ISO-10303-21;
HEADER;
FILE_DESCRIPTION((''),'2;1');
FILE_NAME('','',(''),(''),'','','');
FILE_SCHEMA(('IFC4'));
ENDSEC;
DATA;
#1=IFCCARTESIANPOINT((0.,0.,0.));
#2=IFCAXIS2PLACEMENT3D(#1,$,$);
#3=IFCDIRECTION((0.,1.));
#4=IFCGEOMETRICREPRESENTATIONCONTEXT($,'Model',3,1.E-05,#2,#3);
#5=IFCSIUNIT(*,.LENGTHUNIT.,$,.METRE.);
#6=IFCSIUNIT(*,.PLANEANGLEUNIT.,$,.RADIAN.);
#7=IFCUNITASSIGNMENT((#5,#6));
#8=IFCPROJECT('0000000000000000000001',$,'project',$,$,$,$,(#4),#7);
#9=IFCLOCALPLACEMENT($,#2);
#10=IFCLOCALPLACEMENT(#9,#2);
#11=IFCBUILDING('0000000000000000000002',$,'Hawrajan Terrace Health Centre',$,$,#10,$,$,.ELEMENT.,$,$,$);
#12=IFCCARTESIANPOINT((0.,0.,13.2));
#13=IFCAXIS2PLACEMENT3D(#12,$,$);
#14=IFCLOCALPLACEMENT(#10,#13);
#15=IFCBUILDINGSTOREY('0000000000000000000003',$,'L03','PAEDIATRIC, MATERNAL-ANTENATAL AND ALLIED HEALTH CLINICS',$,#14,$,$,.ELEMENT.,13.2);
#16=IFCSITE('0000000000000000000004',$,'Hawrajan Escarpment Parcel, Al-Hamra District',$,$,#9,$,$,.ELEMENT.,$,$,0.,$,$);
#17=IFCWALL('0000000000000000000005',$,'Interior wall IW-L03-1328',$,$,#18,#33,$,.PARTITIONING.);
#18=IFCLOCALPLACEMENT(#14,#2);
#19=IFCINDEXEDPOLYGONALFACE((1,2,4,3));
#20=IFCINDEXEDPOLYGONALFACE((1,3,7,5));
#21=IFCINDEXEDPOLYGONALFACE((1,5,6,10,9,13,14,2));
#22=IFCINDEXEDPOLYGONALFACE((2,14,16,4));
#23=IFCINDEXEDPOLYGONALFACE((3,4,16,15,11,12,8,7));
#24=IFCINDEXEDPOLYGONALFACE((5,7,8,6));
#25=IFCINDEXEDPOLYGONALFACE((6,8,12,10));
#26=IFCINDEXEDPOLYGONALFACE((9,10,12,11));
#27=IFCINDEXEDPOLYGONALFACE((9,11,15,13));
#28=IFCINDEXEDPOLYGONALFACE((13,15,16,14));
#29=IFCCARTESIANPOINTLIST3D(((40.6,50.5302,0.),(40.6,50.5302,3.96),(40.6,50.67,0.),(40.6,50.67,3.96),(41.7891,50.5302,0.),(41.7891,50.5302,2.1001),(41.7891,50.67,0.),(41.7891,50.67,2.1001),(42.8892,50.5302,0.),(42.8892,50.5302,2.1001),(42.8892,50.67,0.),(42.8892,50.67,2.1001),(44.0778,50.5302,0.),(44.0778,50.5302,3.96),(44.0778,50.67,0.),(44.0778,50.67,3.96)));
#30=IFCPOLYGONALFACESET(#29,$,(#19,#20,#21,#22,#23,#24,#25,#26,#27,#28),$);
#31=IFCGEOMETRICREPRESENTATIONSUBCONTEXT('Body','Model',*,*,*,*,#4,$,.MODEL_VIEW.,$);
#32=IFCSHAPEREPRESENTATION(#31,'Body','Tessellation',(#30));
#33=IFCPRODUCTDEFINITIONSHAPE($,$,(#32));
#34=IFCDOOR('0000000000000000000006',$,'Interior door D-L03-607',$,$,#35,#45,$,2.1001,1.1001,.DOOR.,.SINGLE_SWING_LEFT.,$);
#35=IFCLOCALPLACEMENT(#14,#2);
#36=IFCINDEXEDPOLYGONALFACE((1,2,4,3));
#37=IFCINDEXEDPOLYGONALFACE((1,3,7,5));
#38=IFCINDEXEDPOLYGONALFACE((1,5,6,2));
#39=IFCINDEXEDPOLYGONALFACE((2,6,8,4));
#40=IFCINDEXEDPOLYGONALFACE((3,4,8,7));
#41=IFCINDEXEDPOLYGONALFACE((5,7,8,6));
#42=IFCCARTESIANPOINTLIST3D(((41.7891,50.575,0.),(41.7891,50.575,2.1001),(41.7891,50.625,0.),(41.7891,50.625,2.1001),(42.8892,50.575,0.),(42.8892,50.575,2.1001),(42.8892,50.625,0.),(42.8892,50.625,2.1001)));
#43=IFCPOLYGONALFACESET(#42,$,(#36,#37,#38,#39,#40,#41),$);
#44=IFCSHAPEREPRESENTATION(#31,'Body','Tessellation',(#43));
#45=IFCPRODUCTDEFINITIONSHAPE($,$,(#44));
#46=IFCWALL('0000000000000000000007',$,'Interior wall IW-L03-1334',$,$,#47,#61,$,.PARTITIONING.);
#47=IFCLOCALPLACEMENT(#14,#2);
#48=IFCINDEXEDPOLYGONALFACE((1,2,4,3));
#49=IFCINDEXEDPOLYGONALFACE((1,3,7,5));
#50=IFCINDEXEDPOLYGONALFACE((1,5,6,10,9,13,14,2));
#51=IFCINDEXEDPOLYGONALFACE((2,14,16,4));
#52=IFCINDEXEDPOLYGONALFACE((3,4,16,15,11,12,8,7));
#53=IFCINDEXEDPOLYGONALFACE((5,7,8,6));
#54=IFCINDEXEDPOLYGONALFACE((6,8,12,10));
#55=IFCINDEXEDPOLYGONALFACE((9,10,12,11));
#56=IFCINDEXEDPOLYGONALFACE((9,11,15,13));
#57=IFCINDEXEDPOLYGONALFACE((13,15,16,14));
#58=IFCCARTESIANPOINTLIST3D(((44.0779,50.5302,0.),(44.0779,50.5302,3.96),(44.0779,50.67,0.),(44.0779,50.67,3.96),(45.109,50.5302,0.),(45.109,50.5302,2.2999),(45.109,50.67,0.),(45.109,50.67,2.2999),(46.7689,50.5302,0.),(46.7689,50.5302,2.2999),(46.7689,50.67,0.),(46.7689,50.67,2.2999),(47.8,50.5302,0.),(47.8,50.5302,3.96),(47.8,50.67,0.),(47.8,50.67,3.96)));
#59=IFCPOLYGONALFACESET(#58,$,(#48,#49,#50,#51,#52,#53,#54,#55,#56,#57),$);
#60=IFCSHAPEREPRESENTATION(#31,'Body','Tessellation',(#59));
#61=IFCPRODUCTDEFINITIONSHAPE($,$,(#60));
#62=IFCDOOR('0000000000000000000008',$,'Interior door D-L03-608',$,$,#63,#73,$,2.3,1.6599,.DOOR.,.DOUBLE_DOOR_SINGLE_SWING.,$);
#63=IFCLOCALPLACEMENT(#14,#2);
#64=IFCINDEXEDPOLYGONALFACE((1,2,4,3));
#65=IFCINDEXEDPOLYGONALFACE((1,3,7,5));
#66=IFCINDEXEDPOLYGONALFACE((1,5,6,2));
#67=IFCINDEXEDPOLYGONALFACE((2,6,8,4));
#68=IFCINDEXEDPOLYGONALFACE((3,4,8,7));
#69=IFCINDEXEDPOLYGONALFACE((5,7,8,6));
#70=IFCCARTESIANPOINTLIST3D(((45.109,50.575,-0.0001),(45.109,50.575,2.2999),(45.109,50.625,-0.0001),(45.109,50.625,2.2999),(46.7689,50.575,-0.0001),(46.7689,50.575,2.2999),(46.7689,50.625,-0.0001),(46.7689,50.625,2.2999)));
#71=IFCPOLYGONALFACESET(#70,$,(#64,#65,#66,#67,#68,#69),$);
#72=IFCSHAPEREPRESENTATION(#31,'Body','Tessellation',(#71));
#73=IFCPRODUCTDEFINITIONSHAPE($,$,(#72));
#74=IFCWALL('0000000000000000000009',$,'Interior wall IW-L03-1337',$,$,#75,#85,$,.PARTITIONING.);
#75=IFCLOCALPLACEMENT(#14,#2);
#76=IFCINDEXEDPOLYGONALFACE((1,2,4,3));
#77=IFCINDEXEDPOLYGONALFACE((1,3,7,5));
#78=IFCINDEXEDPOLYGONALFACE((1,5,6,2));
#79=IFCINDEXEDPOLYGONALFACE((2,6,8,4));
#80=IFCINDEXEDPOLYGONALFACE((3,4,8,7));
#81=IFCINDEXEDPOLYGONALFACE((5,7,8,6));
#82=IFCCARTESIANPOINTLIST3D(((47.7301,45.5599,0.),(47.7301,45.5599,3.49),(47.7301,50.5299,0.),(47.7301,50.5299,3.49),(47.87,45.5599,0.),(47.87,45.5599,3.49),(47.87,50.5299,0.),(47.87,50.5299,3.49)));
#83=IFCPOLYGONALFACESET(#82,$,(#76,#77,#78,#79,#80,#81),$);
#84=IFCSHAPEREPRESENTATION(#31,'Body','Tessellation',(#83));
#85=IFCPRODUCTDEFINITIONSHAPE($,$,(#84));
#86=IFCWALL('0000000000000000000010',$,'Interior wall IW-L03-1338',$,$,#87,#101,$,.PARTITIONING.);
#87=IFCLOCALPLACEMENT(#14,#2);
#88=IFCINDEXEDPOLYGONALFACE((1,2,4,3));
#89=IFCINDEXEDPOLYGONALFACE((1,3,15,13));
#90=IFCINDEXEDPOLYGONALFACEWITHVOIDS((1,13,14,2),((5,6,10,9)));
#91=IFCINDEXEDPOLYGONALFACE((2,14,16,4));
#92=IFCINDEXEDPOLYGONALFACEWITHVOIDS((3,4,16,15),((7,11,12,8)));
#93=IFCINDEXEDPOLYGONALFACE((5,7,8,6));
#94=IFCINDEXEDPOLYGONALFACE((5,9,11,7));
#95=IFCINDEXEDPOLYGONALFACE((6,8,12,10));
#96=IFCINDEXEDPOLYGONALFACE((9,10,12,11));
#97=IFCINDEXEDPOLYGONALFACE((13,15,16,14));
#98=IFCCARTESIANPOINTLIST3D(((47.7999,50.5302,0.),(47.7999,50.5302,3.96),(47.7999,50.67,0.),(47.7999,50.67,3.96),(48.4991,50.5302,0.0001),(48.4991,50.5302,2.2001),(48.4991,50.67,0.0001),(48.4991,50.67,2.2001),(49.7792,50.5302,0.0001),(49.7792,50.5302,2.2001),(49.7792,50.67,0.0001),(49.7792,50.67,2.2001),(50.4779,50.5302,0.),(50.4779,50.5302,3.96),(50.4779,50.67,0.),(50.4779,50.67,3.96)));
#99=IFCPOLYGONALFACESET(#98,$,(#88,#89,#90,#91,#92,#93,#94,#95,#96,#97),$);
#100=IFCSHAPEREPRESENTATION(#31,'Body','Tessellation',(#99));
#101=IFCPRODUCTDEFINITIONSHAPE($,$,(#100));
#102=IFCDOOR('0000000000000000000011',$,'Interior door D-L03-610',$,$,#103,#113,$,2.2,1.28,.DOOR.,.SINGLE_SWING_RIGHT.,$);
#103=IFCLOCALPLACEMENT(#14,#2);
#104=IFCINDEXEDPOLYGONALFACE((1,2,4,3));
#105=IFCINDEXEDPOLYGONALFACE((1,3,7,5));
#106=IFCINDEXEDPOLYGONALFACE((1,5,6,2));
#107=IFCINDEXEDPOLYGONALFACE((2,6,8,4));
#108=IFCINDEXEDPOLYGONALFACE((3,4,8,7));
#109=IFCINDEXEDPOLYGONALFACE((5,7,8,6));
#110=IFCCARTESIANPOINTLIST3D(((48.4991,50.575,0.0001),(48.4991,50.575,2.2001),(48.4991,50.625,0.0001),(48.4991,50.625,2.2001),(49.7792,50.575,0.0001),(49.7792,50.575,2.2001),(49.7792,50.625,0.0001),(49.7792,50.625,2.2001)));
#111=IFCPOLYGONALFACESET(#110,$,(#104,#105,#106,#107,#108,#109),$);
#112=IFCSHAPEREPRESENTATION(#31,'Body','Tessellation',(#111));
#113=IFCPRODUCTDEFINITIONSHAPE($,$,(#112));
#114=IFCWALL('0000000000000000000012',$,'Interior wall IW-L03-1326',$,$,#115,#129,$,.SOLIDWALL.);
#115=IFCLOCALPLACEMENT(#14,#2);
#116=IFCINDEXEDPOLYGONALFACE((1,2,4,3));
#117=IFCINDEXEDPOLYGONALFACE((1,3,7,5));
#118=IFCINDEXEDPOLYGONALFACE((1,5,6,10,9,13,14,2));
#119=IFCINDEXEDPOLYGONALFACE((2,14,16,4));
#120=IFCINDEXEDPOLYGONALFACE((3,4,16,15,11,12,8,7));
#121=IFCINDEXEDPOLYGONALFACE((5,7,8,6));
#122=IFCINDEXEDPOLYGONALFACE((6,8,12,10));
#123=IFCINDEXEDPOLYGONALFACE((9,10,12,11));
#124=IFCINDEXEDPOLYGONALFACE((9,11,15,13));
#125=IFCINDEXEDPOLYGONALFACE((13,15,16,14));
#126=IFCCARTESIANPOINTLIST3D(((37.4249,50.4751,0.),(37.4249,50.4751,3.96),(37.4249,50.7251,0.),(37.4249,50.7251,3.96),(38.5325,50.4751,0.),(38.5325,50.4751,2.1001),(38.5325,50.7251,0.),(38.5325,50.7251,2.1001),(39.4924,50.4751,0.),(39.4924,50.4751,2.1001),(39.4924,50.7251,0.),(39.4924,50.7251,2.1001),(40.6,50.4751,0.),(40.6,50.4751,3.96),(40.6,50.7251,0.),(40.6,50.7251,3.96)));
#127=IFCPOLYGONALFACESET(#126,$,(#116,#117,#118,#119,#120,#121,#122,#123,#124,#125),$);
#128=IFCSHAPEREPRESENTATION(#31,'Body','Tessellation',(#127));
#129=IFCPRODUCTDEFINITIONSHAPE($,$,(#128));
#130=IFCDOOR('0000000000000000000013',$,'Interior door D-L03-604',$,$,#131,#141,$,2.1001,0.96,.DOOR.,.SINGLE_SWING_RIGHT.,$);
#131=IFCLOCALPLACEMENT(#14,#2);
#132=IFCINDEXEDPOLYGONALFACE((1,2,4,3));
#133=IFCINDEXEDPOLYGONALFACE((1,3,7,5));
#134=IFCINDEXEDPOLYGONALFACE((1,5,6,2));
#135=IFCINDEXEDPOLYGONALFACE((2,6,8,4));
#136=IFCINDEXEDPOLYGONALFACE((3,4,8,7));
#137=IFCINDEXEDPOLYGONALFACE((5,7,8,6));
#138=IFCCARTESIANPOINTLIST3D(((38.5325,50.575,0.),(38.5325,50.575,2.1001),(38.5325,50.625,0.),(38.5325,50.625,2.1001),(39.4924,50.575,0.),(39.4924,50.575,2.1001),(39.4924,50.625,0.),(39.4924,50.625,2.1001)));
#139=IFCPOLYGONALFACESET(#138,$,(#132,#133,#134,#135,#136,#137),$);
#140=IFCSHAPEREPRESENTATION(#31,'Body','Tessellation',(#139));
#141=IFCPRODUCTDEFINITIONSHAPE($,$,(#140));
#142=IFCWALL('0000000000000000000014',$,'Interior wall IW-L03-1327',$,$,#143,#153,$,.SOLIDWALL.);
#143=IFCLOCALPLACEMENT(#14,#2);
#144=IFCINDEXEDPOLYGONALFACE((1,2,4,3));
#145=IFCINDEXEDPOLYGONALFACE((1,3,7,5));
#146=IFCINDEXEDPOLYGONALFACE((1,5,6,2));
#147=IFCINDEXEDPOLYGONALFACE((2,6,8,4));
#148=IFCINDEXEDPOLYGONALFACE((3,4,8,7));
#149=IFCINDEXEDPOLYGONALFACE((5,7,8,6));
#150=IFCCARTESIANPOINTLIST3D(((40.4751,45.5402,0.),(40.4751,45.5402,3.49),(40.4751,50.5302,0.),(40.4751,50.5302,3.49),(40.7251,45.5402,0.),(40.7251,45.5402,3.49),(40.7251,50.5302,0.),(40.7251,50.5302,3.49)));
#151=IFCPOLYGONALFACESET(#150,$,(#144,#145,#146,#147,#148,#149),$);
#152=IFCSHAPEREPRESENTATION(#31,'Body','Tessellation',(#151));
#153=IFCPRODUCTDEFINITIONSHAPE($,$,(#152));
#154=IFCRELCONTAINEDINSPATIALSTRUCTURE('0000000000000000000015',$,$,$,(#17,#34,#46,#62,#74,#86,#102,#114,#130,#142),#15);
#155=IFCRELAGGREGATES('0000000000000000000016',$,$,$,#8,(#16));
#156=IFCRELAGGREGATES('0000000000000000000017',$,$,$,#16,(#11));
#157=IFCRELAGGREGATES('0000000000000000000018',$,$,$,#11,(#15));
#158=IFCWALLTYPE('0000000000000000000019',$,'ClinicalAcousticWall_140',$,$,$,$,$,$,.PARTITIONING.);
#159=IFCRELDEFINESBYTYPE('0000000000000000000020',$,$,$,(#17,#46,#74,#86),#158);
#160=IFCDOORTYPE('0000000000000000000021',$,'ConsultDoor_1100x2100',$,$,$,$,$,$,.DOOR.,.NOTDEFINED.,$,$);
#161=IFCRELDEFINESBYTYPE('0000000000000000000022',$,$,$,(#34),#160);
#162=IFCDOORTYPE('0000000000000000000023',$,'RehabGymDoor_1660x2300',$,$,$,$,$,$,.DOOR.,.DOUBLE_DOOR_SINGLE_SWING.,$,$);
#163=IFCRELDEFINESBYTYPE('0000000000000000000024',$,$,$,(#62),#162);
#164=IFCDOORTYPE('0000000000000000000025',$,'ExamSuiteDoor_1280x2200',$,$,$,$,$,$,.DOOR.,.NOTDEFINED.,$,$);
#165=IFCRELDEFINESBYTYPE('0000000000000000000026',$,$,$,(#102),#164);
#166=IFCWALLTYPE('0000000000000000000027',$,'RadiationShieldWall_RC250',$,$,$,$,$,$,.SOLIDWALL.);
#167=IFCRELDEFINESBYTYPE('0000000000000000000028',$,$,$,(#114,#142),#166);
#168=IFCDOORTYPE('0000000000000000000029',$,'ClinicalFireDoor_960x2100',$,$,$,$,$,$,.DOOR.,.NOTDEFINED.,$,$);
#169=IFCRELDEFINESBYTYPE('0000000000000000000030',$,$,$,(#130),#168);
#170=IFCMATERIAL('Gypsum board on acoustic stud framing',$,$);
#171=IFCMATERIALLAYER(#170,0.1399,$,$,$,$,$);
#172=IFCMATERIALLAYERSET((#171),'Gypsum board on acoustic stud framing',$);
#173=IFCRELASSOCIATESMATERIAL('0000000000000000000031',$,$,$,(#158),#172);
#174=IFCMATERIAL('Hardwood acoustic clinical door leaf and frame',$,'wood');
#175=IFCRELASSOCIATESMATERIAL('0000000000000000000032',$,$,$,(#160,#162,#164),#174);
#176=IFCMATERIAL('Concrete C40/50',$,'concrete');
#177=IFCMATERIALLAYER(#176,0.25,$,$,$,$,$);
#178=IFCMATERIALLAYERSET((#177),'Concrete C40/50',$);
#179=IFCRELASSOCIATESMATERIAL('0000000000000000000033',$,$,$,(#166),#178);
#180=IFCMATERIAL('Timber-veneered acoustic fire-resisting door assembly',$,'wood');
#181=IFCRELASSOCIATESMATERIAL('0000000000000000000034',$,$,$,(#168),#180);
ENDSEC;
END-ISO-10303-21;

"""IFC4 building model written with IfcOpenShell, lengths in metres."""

from ifc_helpers import new_model, si_unit, direction, frame, frame_2d, origin, place, context, subcontext, project, spatial, rectangle, extrude, material, layer, layer_set, type_object, element, fill, save


model = new_model("IFC4")

# Units and contexts
model_context = context("Model", 3, precision=1e-05, world=origin(), true_north=direction((0.0, 1.0)))
body_context = subcontext(model_context, "Body", "Model", "MODEL_VIEW")
ifc_project = project(units=[si_unit("LENGTHUNIT", "METRE"), si_unit("PLANEANGLEUNIT", "RADIAN")], contexts=[model_context])

# Site, building, storey
site_placement = place(None, origin())
site = spatial("IfcSite", under=ifc_project, at=site_placement, Name="Hawrajan Escarpment Parcel, Al-Hamra District", CompositionType="ELEMENT", RefElevation=0.0)
building_placement = place(site_placement, origin())
building = spatial("IfcBuilding", under=site, at=building_placement, Name="Hawrajan Terrace Health Centre", CompositionType="ELEMENT")
storey_placement = place(building_placement, frame((0.0, 0.0, 13.2)))
storey = spatial("IfcBuildingStorey", under=building, at=storey_placement, Name="L03", Description="PAEDIATRIC, MATERNAL-ANTENATAL AND ALLIED HEALTH CLINICS", CompositionType="ELEMENT", Elevation=13.2)

# Walls, openings, doors
ifc_material_1 = material(Name="Gypsum board on acoustic stud framing")
ifc_layer_1 = layer(ifc_material_1, 0.1399)
ifc_layer_set_1 = layer_set([ifc_layer_1], Name="Gypsum board on acoustic stud framing")
wall_type_1 = type_object("IfcWallType", Name="ClinicalAcousticWall_140", PredefinedType="PARTITIONING", material=ifc_layer_set_1)
ifc_material_2 = material(Name="Hardwood acoustic clinical door leaf and frame", Category="wood")
wall_1_placement = place(storey_placement, frame((40.6001, 50.6001, 0.0), z_axis=(0.0, 0.0, 1.0), x_axis=(1.0, 0.0, 0.0)))
wall_1 = element("IfcWall", 1, at=wall_1_placement, inside=storey, type_object=wall_type_1, Name="Interior wall IW-L03-1328", PredefinedType="PARTITIONING", context=body_context, shape_type="SweptSolid", body=[
    extrude(rectangle(XDim=3.4778, YDim=0.1399, at=frame_2d((1.7388, 0.0))), origin(), (0.0, 0.0, 1.0), 3.96),
])
opening_1_placement = place(wall_1_placement, frame((1.189, 0.0, 0.0)))
opening_1 = element("IfcOpeningElement", 2, at=opening_1_placement, cuts=wall_1, PredefinedType="OPENING", context=body_context, shape_type="SweptSolid", body=[
    extrude(rectangle(XDim=1.1001, YDim=2.1001, at=frame_2d((0.55, 1.05))), frame((0.0, 0.0798, 0.0), z_axis=(0.0, -1.0, 0.0), x_axis=(1.0, 0.0, 0.0)), (0.0, 0.0, 1.0), 0.1599),
])
door_type_1 = type_object("IfcDoorType", Name="ConsultDoor_1100x2100", OperationType="NOTDEFINED", PredefinedType="DOOR", material=ifc_material_2)
door_1_placement = place(opening_1_placement, origin())
door_1 = element("IfcDoor", 3, at=door_1_placement, inside=storey, type_object=door_type_1, Name="Interior door D-L03-607", OperationType="SINGLE_SWING_LEFT", OverallHeight=2.1001, OverallWidth=1.1001, PredefinedType="DOOR", context=body_context, shape_type="SweptSolid", body=[
    extrude(rectangle(XDim=1.1001, YDim=2.1001, at=frame_2d((0.55, 1.05))), frame((0.0, 0.0249, 0.0), z_axis=(0.0, -1.0, 0.0), x_axis=(1.0, 0.0, 0.0)), (0.0, 0.0, 1.0), 0.05),
])
fill(opening_1, door_1)
wall_2_placement = place(storey_placement, frame((44.0779, 50.6001, 0.0), z_axis=(0.0, 0.0, 1.0), x_axis=(1.0, 0.0, 0.0)))
wall_2 = element("IfcWall", 4, at=wall_2_placement, inside=storey, type_object=wall_type_1, Name="Interior wall IW-L03-1334", PredefinedType="PARTITIONING", context=body_context, shape_type="SweptSolid", body=[
    extrude(rectangle(XDim=3.7222, YDim=0.1399, at=frame_2d((1.8611, 0.0))), origin(), (0.0, 0.0, 1.0), 3.96),
])
opening_2_placement = place(wall_2_placement, frame((1.031, 0.0, 0.0)))
opening_2 = element("IfcOpeningElement", 5, at=opening_2_placement, cuts=wall_2, PredefinedType="OPENING", context=body_context, shape_type="SweptSolid", body=[
    extrude(rectangle(XDim=1.6599, YDim=2.3, at=frame_2d((0.8301, 1.1499))), frame((0.0, 0.0798, 0.0), z_axis=(0.0, -1.0, 0.0), x_axis=(1.0, 0.0, 0.0)), (0.0, 0.0, 1.0), 0.1599),
])
door_type_2 = type_object("IfcDoorType", Name="RehabGymDoor_1660x2300", OperationType="DOUBLE_DOOR_SINGLE_SWING", PredefinedType="DOOR", material=ifc_material_2)
door_2_placement = place(opening_2_placement, origin())
door_2 = element("IfcDoor", 6, at=door_2_placement, inside=storey, type_object=door_type_2, Name="Interior door D-L03-608", OperationType="DOUBLE_DOOR_SINGLE_SWING", OverallHeight=2.3, OverallWidth=1.6599, PredefinedType="DOOR", context=body_context, shape_type="SweptSolid", body=[
    extrude(rectangle(XDim=1.6599, YDim=2.3, at=frame_2d((0.8301, 1.1499))), frame((0.0, 0.0249, 0.0), z_axis=(0.0, -1.0, 0.0), x_axis=(1.0, 0.0, 0.0)), (0.0, 0.0, 1.0), 0.05),
])
fill(opening_2, door_2)

# Wall
wall_3_placement = place(storey_placement, frame((47.8, 45.5601, 0.0), z_axis=(0.0, 0.0, 1.0), x_axis=(0.0, 1.0, 0.0)))
element("IfcWall", 7, at=wall_3_placement, inside=storey, type_object=wall_type_1, Name="Interior wall IW-L03-1337", PredefinedType="PARTITIONING", context=body_context, shape_type="SweptSolid", body=[
    extrude(rectangle(XDim=4.97, YDim=0.1399, at=frame_2d((2.4849, 0.0))), origin(), (0.0, 0.0, 1.0), 3.49),
])

# Walls, openings, doors
wall_4_placement = place(storey_placement, frame((47.8, 50.6001, 0.0), z_axis=(0.0, 0.0, 1.0), x_axis=(1.0, 0.0, 0.0)))
wall_4 = element("IfcWall", 8, at=wall_4_placement, inside=storey, type_object=wall_type_1, Name="Interior wall IW-L03-1338", PredefinedType="PARTITIONING", context=body_context, shape_type="SweptSolid", body=[
    extrude(rectangle(XDim=2.678, YDim=0.1399, at=frame_2d((1.3389, 0.0))), origin(), (0.0, 0.0, 1.0), 3.96),
])
opening_3_placement = place(wall_4_placement, frame((0.699, 0.0, 0.0)))
opening_3 = element("IfcOpeningElement", 9, at=opening_3_placement, cuts=wall_4, PredefinedType="OPENING", context=body_context, shape_type="SweptSolid", body=[
    extrude(rectangle(XDim=1.28, YDim=2.2, at=frame_2d((0.6401, 1.1001))), frame((0.0, 0.0798, 0.0), z_axis=(0.0, -1.0, 0.0), x_axis=(1.0, 0.0, 0.0)), (0.0, 0.0, 1.0), 0.1599),
])
door_type_3 = type_object("IfcDoorType", Name="ExamSuiteDoor_1280x2200", OperationType="NOTDEFINED", PredefinedType="DOOR", material=ifc_material_2)
door_3_placement = place(opening_3_placement, origin())
door_3 = element("IfcDoor", 10, at=door_3_placement, inside=storey, type_object=door_type_3, Name="Interior door D-L03-610", OperationType="SINGLE_SWING_RIGHT", OverallHeight=2.2, OverallWidth=1.28, PredefinedType="DOOR", context=body_context, shape_type="SweptSolid", body=[
    extrude(rectangle(XDim=1.28, YDim=2.2, at=frame_2d((0.6401, 1.1001))), frame((0.0, 0.0249, 0.0), z_axis=(0.0, -1.0, 0.0), x_axis=(1.0, 0.0, 0.0)), (0.0, 0.0, 1.0), 0.05),
])
fill(opening_3, door_3)
ifc_material_3 = material(Name="Concrete C40/50", Category="concrete")
ifc_layer_2 = layer(ifc_material_3, 0.25)
ifc_layer_set_2 = layer_set([ifc_layer_2], Name="Concrete C40/50")
wall_type_2 = type_object("IfcWallType", Name="RadiationShieldWall_RC250", PredefinedType="SOLIDWALL", material=ifc_layer_set_2)
wall_5_placement = place(storey_placement, frame((37.425, 50.6001, 0.0), z_axis=(0.0, 0.0, 1.0), x_axis=(1.0, 0.0, 0.0)))
wall_5 = element("IfcWall", 11, at=wall_5_placement, inside=storey, type_object=wall_type_2, Name="Interior wall IW-L03-1326", PredefinedType="SOLIDWALL", context=body_context, shape_type="SweptSolid", body=[
    extrude(rectangle(XDim=3.175, YDim=0.25, at=frame_2d((1.5874, 0.0))), origin(), (0.0, 0.0, 1.0), 3.96),
])
opening_4_placement = place(wall_5_placement, frame((1.1074, 0.0, 0.0)))
opening_4 = element("IfcOpeningElement", 12, at=opening_4_placement, cuts=wall_5, PredefinedType="OPENING", context=body_context, shape_type="SweptSolid", body=[
    extrude(rectangle(XDim=0.96, YDim=2.1001, at=frame_2d((0.48, 1.05))), frame((0.0, 0.135, 0.0), z_axis=(0.0, -1.0, 0.0), x_axis=(1.0, 0.0, 0.0)), (0.0, 0.0, 1.0), 0.27),
])
ifc_material_4 = material(Name="Timber-veneered acoustic fire-resisting door assembly", Category="wood")
door_type_4 = type_object("IfcDoorType", Name="ClinicalFireDoor_960x2100", OperationType="NOTDEFINED", PredefinedType="DOOR", material=ifc_material_4)
door_4_placement = place(opening_4_placement, origin())
door_4 = element("IfcDoor", 13, at=door_4_placement, inside=storey, type_object=door_type_4, Name="Interior door D-L03-604", OperationType="SINGLE_SWING_RIGHT", OverallHeight=2.1001, OverallWidth=0.96, PredefinedType="DOOR", context=body_context, shape_type="SweptSolid", body=[
    extrude(rectangle(XDim=0.96, YDim=2.1001, at=frame_2d((0.48, 1.05))), frame((0.0, 0.0249, 0.0), z_axis=(0.0, -1.0, 0.0), x_axis=(1.0, 0.0, 0.0)), (0.0, 0.0, 1.0), 0.05),
])
fill(opening_4, door_4)

# Wall
wall_6_placement = place(storey_placement, frame((40.6001, 45.54, 0.0), z_axis=(0.0, 0.0, 1.0), x_axis=(0.0, 1.0, 0.0)))
element("IfcWall", 14, at=wall_6_placement, inside=storey, type_object=wall_type_2, Name="Interior wall IW-L03-1327", PredefinedType="SOLIDWALL", context=body_context, shape_type="SweptSolid", body=[
    extrude(rectangle(XDim=4.99, YDim=0.25, at=frame_2d((2.4951, 0.0))), origin(), (0.0, 0.0, 1.0), 3.49),
])

save(model, "model.ifc")
